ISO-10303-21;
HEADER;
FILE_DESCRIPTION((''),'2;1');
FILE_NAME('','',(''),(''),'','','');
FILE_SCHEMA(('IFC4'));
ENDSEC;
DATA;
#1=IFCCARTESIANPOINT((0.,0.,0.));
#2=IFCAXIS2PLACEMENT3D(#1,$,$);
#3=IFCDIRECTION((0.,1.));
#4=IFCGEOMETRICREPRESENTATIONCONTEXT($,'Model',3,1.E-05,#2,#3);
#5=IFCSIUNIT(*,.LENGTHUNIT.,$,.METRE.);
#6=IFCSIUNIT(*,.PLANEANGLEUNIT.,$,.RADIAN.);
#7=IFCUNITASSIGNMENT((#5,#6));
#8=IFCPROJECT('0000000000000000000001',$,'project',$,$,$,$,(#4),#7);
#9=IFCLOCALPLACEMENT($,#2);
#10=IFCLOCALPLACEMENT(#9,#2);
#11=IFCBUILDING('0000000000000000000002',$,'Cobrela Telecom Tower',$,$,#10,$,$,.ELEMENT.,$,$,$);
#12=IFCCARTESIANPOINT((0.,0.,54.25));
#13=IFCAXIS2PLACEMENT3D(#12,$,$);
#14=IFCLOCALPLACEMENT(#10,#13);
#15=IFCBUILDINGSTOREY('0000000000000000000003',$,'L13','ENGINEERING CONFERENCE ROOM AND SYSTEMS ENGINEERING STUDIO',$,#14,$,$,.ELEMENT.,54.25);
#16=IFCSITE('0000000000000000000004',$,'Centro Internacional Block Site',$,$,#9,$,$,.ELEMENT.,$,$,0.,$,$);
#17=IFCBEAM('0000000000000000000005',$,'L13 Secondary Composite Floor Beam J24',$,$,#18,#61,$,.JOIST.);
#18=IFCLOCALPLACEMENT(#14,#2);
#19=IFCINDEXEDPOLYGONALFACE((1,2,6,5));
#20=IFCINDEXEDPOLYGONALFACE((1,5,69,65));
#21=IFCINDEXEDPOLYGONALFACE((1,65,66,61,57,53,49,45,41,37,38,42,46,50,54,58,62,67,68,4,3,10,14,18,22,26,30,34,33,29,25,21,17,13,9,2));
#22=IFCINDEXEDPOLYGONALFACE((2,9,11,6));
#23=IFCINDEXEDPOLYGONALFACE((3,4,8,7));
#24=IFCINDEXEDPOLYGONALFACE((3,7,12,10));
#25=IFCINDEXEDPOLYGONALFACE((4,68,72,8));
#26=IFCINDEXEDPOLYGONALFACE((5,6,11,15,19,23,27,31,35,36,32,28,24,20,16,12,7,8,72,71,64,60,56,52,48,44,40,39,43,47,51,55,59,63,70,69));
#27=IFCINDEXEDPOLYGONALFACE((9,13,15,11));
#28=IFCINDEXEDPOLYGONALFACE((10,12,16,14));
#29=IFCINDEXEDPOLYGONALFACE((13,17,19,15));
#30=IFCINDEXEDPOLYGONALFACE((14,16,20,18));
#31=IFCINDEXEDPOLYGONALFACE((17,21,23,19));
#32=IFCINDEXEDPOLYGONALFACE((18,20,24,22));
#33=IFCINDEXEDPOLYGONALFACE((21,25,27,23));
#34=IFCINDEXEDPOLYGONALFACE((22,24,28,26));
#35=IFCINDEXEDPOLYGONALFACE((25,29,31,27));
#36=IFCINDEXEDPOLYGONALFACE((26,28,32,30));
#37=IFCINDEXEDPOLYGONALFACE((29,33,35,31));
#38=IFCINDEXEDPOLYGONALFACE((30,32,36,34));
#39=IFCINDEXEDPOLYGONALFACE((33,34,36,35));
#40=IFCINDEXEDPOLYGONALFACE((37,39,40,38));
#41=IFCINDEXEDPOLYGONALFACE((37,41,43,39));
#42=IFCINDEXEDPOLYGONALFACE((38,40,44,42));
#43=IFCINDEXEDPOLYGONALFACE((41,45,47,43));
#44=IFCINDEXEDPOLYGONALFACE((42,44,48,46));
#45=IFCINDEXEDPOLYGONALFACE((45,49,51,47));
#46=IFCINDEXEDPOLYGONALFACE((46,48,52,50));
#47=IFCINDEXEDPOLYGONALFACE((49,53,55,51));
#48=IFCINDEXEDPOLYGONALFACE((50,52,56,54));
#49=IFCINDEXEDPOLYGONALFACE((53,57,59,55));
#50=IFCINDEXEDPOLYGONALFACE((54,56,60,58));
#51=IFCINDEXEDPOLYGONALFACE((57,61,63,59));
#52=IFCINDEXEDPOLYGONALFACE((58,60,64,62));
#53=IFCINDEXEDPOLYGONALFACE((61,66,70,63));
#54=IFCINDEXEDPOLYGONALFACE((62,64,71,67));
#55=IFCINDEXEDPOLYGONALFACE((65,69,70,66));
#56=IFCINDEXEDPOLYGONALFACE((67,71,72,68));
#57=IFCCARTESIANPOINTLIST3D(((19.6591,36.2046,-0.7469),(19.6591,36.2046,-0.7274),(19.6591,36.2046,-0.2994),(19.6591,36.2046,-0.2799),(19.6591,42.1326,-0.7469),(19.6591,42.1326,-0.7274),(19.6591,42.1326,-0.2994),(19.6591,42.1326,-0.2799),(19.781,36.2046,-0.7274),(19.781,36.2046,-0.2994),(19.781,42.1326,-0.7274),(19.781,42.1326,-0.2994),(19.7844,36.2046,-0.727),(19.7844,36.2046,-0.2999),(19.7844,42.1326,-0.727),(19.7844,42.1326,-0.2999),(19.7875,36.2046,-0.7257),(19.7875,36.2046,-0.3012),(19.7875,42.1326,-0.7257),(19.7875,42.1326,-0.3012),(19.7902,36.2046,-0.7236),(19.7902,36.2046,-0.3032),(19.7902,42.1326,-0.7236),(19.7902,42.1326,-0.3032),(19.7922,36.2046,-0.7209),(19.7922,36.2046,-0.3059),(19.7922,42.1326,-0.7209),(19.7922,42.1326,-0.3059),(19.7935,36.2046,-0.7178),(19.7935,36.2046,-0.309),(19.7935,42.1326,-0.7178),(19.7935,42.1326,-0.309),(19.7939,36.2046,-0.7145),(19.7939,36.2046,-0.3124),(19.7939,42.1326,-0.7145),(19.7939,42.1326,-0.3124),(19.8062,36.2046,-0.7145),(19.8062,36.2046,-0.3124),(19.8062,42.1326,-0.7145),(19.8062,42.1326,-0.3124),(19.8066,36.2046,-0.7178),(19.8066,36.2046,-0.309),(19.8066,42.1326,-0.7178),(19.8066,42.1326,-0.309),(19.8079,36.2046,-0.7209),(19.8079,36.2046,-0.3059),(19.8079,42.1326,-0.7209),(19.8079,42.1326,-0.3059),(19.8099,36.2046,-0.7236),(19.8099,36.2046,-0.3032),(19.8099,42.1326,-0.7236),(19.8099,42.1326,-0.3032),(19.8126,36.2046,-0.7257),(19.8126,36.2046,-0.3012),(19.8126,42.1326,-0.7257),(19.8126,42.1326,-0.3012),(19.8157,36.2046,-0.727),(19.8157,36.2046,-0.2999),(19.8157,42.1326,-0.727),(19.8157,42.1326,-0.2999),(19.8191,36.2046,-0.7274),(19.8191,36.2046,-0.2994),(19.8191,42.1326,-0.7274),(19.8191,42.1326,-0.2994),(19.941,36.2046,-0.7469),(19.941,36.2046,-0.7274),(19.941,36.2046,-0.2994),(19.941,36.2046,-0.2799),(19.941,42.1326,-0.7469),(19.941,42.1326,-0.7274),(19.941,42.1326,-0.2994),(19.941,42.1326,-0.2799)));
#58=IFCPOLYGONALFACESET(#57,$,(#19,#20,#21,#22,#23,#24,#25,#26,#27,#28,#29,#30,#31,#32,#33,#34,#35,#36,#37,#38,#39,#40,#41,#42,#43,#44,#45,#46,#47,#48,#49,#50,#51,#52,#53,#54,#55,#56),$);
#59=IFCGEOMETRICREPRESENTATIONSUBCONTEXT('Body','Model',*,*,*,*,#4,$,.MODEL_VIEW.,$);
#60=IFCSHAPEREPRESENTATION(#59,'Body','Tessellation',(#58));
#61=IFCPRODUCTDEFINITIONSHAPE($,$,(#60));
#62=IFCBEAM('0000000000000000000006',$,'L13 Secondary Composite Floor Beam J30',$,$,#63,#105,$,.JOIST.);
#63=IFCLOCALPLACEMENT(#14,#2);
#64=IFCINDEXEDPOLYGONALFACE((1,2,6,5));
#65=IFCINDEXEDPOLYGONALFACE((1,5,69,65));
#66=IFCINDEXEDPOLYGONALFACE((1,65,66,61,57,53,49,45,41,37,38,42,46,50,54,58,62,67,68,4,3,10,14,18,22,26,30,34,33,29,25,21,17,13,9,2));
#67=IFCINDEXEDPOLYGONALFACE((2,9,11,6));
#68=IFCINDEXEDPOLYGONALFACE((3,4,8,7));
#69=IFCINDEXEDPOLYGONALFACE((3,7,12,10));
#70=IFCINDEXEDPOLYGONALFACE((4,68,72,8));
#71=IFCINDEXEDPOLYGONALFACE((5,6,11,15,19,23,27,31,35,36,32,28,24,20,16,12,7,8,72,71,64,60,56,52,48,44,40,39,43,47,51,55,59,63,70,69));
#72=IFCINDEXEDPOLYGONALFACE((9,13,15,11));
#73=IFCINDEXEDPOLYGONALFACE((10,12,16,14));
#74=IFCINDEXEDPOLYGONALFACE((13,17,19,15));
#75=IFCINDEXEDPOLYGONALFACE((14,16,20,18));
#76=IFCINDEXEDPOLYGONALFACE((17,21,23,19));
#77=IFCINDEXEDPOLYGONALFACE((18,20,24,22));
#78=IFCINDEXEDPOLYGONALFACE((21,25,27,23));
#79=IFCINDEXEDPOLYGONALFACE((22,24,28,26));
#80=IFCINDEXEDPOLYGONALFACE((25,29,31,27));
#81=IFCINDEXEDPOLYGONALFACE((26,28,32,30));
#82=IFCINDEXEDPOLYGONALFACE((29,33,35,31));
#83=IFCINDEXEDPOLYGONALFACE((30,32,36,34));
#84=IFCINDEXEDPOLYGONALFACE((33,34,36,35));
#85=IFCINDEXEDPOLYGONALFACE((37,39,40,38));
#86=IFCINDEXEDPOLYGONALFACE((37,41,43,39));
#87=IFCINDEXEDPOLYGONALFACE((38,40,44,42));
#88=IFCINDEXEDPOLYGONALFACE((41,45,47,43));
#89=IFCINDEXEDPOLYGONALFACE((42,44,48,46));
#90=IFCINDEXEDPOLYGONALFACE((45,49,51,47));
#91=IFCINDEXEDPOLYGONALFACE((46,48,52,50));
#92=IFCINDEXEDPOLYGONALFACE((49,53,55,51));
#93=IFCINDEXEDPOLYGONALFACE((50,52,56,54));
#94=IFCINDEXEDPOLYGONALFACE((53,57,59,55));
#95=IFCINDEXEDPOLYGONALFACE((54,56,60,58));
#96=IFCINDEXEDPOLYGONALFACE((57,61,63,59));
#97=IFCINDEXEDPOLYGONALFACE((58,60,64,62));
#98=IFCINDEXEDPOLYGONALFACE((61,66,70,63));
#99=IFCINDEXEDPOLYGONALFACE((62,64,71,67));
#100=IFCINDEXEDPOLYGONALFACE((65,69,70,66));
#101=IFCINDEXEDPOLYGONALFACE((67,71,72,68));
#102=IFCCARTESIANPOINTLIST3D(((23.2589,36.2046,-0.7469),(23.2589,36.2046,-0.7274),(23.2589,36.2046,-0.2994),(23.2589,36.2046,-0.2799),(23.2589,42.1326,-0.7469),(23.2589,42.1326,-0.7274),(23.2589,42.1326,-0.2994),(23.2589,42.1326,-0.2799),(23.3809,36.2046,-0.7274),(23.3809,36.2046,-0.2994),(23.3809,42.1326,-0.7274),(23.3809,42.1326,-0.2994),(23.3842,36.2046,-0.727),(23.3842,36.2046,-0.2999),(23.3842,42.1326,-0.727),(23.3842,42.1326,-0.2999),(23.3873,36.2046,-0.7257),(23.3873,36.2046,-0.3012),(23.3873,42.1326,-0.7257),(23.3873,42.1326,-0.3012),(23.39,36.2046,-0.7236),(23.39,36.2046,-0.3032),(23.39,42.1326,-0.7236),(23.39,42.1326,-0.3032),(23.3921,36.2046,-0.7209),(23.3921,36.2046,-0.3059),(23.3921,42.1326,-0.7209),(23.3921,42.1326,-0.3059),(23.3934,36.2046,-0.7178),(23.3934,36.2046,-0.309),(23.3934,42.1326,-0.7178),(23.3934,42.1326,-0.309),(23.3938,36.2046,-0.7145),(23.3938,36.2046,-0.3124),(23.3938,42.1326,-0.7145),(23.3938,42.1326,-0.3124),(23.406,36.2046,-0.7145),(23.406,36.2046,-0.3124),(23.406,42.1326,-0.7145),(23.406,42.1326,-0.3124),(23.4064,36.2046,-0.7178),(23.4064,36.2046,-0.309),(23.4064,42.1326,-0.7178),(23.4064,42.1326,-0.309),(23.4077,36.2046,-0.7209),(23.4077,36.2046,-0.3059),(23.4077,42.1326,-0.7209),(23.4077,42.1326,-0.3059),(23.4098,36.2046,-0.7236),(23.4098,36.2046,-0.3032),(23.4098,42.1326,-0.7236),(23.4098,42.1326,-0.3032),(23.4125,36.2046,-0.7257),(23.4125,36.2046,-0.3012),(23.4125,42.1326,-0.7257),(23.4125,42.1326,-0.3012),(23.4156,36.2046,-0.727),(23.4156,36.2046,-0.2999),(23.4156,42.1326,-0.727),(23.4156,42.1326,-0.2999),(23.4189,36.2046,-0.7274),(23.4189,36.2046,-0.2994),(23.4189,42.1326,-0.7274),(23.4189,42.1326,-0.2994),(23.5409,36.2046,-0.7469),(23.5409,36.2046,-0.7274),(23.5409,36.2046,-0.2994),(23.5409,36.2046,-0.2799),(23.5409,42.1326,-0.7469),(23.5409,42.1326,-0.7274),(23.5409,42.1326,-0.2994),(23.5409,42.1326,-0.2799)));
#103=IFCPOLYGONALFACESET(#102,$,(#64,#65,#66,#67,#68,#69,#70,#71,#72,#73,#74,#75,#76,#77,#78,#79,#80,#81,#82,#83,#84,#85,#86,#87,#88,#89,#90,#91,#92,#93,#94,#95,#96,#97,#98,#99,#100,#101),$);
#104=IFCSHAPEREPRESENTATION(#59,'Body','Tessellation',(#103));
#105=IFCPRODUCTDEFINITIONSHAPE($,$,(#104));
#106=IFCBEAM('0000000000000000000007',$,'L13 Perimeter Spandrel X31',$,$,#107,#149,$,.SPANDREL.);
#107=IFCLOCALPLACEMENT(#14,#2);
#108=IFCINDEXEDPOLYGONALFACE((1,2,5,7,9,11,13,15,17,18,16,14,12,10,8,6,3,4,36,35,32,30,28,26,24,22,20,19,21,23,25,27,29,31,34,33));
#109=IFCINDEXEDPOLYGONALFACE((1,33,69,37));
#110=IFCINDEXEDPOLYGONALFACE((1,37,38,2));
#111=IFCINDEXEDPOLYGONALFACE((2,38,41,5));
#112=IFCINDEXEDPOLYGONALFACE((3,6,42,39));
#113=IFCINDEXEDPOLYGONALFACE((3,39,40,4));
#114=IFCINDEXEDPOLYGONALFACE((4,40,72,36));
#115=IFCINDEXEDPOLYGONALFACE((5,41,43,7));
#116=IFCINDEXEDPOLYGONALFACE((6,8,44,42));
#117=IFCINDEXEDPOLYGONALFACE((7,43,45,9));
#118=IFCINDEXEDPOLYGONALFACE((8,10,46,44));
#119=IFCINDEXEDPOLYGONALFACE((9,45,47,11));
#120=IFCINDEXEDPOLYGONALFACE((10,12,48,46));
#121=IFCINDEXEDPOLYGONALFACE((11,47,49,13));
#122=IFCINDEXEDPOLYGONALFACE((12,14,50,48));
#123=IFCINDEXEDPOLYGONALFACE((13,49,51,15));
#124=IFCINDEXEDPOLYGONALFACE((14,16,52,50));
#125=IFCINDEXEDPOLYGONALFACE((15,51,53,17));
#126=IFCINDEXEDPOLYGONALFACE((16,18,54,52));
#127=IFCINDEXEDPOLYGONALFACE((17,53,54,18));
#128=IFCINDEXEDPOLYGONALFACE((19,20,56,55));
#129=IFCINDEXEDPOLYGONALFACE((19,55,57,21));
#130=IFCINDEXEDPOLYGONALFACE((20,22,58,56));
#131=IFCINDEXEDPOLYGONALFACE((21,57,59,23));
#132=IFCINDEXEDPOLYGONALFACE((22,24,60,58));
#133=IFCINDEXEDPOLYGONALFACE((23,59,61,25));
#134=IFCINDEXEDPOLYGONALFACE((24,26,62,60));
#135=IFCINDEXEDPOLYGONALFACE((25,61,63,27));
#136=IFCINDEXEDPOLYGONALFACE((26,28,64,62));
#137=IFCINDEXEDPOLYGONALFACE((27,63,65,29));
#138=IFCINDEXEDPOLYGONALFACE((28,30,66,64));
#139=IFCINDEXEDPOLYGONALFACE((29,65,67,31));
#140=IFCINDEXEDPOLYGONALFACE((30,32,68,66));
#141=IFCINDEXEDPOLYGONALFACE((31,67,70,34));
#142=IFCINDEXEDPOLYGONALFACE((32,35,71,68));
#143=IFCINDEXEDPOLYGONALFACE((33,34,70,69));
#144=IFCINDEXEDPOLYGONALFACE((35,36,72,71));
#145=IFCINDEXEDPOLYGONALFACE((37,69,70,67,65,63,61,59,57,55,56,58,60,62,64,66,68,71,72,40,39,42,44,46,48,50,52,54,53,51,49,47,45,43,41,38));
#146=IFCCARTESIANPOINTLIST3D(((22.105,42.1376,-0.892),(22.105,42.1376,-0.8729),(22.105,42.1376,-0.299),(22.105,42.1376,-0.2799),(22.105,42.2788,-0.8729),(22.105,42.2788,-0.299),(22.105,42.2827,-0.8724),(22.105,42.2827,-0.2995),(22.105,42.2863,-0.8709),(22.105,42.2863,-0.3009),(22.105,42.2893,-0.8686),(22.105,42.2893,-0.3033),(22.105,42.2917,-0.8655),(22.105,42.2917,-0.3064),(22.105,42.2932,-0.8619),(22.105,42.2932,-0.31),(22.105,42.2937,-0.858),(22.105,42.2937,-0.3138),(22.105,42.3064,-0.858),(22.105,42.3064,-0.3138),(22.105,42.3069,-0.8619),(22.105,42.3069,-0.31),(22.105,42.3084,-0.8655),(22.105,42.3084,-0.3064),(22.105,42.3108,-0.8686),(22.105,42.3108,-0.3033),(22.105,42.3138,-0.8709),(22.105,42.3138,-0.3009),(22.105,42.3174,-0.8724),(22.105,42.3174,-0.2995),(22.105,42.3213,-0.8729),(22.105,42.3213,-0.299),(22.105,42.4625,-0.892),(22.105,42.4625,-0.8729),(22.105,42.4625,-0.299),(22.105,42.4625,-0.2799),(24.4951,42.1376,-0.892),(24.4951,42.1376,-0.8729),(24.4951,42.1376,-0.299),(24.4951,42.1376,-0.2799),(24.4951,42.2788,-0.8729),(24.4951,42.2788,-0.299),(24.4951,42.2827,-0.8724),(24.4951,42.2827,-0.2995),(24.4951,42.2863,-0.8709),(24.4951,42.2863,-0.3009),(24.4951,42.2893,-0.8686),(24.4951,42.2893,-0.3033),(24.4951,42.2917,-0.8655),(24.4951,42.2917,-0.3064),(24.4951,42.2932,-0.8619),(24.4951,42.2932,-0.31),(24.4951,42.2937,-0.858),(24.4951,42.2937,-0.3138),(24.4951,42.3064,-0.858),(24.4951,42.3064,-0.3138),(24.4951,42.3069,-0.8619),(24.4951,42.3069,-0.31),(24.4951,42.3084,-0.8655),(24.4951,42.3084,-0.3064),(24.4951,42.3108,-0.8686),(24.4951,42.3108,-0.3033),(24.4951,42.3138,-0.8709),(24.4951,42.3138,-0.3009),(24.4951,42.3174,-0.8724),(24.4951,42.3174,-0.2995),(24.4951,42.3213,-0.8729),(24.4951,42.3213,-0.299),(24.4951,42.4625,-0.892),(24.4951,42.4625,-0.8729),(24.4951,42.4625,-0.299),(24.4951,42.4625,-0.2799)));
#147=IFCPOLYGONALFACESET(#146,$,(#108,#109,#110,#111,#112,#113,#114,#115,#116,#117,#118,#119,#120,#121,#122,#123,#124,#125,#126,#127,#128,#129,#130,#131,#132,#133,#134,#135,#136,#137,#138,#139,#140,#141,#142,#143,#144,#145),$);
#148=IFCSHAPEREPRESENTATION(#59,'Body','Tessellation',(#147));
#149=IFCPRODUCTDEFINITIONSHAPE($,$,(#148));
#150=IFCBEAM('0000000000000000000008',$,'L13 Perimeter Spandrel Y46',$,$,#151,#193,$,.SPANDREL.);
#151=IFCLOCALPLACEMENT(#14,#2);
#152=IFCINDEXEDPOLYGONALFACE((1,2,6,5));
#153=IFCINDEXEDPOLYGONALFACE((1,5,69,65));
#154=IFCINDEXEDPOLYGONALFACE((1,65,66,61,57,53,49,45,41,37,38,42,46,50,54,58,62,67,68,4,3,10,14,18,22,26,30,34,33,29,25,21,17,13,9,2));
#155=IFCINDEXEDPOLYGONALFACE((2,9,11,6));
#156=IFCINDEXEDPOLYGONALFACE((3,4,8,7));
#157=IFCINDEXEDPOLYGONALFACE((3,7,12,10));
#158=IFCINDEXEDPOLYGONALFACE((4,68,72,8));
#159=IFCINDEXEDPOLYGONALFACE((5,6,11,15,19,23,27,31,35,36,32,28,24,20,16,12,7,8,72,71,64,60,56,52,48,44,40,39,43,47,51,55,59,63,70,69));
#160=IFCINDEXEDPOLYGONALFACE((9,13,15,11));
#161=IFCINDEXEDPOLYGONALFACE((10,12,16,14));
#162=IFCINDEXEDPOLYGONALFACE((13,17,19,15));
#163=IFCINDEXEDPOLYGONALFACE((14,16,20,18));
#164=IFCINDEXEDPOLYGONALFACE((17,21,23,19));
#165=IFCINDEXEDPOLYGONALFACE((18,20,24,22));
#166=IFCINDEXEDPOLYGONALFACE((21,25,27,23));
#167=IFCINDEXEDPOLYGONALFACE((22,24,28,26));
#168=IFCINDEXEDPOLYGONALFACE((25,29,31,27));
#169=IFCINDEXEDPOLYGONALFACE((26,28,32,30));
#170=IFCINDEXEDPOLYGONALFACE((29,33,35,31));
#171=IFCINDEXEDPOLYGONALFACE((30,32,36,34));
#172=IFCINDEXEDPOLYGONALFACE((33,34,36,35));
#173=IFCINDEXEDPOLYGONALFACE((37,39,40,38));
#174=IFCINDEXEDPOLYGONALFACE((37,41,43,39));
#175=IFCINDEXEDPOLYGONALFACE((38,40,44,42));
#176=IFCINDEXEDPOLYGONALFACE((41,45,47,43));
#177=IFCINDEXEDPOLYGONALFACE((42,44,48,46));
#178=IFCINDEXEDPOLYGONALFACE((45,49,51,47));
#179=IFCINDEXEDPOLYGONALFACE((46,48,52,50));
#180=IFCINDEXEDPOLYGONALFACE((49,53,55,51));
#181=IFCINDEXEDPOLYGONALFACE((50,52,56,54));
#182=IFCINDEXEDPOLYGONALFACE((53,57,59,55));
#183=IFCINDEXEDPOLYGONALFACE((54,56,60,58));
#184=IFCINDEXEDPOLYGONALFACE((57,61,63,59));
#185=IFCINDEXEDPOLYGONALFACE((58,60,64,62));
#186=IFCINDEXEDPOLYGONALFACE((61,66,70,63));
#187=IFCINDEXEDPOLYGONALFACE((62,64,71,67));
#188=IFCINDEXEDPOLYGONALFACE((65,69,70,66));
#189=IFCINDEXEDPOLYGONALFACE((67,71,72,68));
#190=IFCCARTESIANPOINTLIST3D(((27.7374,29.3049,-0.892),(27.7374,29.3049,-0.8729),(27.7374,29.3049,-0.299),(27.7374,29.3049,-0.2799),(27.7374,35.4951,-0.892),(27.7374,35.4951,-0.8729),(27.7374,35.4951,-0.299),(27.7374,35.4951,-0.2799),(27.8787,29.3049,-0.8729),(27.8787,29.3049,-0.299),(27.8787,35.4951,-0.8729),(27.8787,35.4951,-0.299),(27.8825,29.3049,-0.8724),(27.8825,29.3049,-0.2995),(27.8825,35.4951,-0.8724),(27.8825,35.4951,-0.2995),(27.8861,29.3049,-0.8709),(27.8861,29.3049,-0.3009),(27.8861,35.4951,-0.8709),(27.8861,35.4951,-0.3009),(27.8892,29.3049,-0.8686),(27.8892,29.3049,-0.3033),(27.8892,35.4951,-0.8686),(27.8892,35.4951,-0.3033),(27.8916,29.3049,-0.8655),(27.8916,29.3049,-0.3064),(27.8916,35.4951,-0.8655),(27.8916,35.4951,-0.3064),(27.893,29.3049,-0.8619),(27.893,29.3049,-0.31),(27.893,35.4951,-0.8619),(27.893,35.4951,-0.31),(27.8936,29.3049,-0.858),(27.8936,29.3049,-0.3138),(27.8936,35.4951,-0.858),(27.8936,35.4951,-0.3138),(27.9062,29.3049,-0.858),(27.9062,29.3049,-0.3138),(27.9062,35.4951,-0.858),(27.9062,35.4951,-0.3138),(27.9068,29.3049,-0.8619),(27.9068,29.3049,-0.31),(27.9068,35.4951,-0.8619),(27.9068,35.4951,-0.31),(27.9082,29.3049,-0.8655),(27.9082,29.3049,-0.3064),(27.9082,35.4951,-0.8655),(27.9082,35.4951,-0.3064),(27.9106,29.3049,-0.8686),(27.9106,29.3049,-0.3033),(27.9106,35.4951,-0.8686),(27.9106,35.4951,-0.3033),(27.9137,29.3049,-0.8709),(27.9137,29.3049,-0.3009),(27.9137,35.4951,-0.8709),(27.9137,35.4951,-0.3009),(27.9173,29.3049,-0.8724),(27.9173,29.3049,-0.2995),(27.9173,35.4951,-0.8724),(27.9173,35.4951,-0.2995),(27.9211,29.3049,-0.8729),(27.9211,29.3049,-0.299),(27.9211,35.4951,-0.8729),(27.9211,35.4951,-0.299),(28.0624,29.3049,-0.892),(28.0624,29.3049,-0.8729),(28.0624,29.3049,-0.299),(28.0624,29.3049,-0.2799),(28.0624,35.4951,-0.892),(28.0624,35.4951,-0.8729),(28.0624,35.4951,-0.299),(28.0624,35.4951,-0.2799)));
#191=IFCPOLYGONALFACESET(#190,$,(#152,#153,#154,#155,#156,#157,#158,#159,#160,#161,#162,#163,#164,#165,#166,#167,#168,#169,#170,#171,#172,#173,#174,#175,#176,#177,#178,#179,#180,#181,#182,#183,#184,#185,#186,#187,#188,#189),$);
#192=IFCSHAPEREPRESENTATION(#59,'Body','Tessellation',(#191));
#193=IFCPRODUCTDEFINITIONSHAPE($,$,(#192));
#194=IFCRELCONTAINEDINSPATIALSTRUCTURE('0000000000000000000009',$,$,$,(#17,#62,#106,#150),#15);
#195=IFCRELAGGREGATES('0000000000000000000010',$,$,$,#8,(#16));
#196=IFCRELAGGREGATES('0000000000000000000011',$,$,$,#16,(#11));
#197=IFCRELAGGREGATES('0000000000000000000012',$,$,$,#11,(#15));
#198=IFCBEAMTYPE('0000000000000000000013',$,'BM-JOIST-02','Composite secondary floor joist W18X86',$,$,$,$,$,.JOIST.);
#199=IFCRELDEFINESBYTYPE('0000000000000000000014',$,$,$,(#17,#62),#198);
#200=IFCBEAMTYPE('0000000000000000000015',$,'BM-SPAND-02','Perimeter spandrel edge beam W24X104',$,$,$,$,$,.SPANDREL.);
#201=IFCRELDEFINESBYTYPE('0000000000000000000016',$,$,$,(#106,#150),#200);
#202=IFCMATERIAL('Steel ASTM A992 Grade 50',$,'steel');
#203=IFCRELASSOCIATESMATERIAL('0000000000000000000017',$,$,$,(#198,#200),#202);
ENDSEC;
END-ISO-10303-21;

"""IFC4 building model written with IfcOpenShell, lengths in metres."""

from ifc_helpers import new_model, si_unit, direction, frame, origin, origin_2d, place, context, subcontext, project, spatial, i_section, extrude, material, material_profile, profile_set, type_object, element, save


model = new_model("IFC4")

# Units and contexts
model_context = context("Model", 3, precision=1e-05, world=origin(), true_north=direction((0.0, 1.0)))
body_context = subcontext(model_context, "Body", "Model", "MODEL_VIEW")
ifc_project = project(units=[si_unit("LENGTHUNIT", "METRE"), si_unit("PLANEANGLEUNIT", "RADIAN")], contexts=[model_context])

# Site, building, storey
site_placement = place(None, origin())
site = spatial("IfcSite", under=ifc_project, at=site_placement, Name="Centro Internacional Block Site", CompositionType="ELEMENT", RefElevation=0.0)
building_placement = place(site_placement, origin())
building = spatial("IfcBuilding", under=site, at=building_placement, Name="Cobrela Telecom Tower", CompositionType="ELEMENT")
storey_placement = place(building_placement, frame((0.0, 0.0, 54.25)))
storey = spatial("IfcBuildingStorey", under=building, at=storey_placement, Name="L13", Description="ENGINEERING CONFERENCE ROOM AND SYSTEMS ENGINEERING STUDIO", CompositionType="ELEMENT", Elevation=54.25)

# Shared definitions
ifc_material_1 = material(Name="Steel ASTM A992 Grade 50", Category="steel")

# Beams
ifc_material_profile_1 = material_profile(ifc_material_1, i_section(OverallWidth=0.282, OverallDepth=0.467, WebThickness=0.0122, FlangeThickness=0.0195, FilletRadius=0.0129, at=origin_2d()), Name="W18X86")
ifc_profile_set_1 = profile_set([ifc_material_profile_1], Name="Steel ASTM A992 Grade 50")
beam_type_1 = type_object("IfcBeamType", Name="BM-JOIST-02", Description="Composite secondary floor joist W18X86", PredefinedType="JOIST", material=ifc_profile_set_1)
for number, where, z_axis, x_axis, name in (
    (1, (19.8, 36.2046, -0.5134), (0.0, 1.0, 0.0), (-1.0, 0.0, 0.0), "L13 Secondary Composite Floor Beam J24"),
    (2, (23.3999, 36.2046, -0.5134), (0.0, 1.0, 0.0), (-1.0, 0.0, 0.0), "L13 Secondary Composite Floor Beam J30"),
):
    element("IfcBeam", number, at=place(storey_placement, frame(where, z_axis=z_axis, x_axis=x_axis)), inside=storey, type_object=beam_type_1, Name=name, PredefinedType="JOIST", context=body_context, shape_type="SweptSolid", body=[
        extrude(i_section(OverallWidth=0.282, OverallDepth=0.467, WebThickness=0.0122, FlangeThickness=0.0195, FilletRadius=0.0129, at=origin_2d()), origin(), (0.0, 0.0, 1.0), 5.928),
    ])
ifc_material_profile_2 = material_profile(ifc_material_1, i_section(OverallWidth=0.325, OverallDepth=0.6121, WebThickness=0.0127, FlangeThickness=0.019, FilletRadius=0.0149, at=origin_2d()), Name="W24X104")
ifc_profile_set_2 = profile_set([ifc_material_profile_2], Name="Steel ASTM A992 Grade 50")
beam_type_2 = type_object("IfcBeamType", Name="BM-SPAND-02", Description="Perimeter spandrel edge beam W24X104", PredefinedType="SPANDREL", material=ifc_profile_set_2)
beam_1_placement = place(storey_placement, frame((22.105, 42.3, -0.5859), z_axis=(1.0, 0.0, 0.0), x_axis=(0.0, 1.0, 0.0)))
element("IfcBeam", 3, at=beam_1_placement, inside=storey, type_object=beam_type_2, Name="L13 Perimeter Spandrel X31", PredefinedType="SPANDREL", context=body_context, shape_type="SweptSolid", body=[
    extrude(i_section(OverallWidth=0.325, OverallDepth=0.6121, WebThickness=0.0127, FlangeThickness=0.019, FilletRadius=0.0149, at=origin_2d()), origin(), (0.0, 0.0, 1.0), 2.3901),
])
beam_2_placement = place(storey_placement, frame((27.8999, 29.3049, -0.5859), z_axis=(0.0, 1.0, 0.0), x_axis=(-1.0, 0.0, 0.0)))
element("IfcBeam", 4, at=beam_2_placement, inside=storey, type_object=beam_type_2, Name="L13 Perimeter Spandrel Y46", PredefinedType="SPANDREL", context=body_context, shape_type="SweptSolid", body=[
    extrude(i_section(OverallWidth=0.325, OverallDepth=0.6121, WebThickness=0.0127, FlangeThickness=0.019, FilletRadius=0.0149, at=origin_2d()), origin(), (0.0, 0.0, 1.0), 6.1902),
])

save(model, "model.ifc")
